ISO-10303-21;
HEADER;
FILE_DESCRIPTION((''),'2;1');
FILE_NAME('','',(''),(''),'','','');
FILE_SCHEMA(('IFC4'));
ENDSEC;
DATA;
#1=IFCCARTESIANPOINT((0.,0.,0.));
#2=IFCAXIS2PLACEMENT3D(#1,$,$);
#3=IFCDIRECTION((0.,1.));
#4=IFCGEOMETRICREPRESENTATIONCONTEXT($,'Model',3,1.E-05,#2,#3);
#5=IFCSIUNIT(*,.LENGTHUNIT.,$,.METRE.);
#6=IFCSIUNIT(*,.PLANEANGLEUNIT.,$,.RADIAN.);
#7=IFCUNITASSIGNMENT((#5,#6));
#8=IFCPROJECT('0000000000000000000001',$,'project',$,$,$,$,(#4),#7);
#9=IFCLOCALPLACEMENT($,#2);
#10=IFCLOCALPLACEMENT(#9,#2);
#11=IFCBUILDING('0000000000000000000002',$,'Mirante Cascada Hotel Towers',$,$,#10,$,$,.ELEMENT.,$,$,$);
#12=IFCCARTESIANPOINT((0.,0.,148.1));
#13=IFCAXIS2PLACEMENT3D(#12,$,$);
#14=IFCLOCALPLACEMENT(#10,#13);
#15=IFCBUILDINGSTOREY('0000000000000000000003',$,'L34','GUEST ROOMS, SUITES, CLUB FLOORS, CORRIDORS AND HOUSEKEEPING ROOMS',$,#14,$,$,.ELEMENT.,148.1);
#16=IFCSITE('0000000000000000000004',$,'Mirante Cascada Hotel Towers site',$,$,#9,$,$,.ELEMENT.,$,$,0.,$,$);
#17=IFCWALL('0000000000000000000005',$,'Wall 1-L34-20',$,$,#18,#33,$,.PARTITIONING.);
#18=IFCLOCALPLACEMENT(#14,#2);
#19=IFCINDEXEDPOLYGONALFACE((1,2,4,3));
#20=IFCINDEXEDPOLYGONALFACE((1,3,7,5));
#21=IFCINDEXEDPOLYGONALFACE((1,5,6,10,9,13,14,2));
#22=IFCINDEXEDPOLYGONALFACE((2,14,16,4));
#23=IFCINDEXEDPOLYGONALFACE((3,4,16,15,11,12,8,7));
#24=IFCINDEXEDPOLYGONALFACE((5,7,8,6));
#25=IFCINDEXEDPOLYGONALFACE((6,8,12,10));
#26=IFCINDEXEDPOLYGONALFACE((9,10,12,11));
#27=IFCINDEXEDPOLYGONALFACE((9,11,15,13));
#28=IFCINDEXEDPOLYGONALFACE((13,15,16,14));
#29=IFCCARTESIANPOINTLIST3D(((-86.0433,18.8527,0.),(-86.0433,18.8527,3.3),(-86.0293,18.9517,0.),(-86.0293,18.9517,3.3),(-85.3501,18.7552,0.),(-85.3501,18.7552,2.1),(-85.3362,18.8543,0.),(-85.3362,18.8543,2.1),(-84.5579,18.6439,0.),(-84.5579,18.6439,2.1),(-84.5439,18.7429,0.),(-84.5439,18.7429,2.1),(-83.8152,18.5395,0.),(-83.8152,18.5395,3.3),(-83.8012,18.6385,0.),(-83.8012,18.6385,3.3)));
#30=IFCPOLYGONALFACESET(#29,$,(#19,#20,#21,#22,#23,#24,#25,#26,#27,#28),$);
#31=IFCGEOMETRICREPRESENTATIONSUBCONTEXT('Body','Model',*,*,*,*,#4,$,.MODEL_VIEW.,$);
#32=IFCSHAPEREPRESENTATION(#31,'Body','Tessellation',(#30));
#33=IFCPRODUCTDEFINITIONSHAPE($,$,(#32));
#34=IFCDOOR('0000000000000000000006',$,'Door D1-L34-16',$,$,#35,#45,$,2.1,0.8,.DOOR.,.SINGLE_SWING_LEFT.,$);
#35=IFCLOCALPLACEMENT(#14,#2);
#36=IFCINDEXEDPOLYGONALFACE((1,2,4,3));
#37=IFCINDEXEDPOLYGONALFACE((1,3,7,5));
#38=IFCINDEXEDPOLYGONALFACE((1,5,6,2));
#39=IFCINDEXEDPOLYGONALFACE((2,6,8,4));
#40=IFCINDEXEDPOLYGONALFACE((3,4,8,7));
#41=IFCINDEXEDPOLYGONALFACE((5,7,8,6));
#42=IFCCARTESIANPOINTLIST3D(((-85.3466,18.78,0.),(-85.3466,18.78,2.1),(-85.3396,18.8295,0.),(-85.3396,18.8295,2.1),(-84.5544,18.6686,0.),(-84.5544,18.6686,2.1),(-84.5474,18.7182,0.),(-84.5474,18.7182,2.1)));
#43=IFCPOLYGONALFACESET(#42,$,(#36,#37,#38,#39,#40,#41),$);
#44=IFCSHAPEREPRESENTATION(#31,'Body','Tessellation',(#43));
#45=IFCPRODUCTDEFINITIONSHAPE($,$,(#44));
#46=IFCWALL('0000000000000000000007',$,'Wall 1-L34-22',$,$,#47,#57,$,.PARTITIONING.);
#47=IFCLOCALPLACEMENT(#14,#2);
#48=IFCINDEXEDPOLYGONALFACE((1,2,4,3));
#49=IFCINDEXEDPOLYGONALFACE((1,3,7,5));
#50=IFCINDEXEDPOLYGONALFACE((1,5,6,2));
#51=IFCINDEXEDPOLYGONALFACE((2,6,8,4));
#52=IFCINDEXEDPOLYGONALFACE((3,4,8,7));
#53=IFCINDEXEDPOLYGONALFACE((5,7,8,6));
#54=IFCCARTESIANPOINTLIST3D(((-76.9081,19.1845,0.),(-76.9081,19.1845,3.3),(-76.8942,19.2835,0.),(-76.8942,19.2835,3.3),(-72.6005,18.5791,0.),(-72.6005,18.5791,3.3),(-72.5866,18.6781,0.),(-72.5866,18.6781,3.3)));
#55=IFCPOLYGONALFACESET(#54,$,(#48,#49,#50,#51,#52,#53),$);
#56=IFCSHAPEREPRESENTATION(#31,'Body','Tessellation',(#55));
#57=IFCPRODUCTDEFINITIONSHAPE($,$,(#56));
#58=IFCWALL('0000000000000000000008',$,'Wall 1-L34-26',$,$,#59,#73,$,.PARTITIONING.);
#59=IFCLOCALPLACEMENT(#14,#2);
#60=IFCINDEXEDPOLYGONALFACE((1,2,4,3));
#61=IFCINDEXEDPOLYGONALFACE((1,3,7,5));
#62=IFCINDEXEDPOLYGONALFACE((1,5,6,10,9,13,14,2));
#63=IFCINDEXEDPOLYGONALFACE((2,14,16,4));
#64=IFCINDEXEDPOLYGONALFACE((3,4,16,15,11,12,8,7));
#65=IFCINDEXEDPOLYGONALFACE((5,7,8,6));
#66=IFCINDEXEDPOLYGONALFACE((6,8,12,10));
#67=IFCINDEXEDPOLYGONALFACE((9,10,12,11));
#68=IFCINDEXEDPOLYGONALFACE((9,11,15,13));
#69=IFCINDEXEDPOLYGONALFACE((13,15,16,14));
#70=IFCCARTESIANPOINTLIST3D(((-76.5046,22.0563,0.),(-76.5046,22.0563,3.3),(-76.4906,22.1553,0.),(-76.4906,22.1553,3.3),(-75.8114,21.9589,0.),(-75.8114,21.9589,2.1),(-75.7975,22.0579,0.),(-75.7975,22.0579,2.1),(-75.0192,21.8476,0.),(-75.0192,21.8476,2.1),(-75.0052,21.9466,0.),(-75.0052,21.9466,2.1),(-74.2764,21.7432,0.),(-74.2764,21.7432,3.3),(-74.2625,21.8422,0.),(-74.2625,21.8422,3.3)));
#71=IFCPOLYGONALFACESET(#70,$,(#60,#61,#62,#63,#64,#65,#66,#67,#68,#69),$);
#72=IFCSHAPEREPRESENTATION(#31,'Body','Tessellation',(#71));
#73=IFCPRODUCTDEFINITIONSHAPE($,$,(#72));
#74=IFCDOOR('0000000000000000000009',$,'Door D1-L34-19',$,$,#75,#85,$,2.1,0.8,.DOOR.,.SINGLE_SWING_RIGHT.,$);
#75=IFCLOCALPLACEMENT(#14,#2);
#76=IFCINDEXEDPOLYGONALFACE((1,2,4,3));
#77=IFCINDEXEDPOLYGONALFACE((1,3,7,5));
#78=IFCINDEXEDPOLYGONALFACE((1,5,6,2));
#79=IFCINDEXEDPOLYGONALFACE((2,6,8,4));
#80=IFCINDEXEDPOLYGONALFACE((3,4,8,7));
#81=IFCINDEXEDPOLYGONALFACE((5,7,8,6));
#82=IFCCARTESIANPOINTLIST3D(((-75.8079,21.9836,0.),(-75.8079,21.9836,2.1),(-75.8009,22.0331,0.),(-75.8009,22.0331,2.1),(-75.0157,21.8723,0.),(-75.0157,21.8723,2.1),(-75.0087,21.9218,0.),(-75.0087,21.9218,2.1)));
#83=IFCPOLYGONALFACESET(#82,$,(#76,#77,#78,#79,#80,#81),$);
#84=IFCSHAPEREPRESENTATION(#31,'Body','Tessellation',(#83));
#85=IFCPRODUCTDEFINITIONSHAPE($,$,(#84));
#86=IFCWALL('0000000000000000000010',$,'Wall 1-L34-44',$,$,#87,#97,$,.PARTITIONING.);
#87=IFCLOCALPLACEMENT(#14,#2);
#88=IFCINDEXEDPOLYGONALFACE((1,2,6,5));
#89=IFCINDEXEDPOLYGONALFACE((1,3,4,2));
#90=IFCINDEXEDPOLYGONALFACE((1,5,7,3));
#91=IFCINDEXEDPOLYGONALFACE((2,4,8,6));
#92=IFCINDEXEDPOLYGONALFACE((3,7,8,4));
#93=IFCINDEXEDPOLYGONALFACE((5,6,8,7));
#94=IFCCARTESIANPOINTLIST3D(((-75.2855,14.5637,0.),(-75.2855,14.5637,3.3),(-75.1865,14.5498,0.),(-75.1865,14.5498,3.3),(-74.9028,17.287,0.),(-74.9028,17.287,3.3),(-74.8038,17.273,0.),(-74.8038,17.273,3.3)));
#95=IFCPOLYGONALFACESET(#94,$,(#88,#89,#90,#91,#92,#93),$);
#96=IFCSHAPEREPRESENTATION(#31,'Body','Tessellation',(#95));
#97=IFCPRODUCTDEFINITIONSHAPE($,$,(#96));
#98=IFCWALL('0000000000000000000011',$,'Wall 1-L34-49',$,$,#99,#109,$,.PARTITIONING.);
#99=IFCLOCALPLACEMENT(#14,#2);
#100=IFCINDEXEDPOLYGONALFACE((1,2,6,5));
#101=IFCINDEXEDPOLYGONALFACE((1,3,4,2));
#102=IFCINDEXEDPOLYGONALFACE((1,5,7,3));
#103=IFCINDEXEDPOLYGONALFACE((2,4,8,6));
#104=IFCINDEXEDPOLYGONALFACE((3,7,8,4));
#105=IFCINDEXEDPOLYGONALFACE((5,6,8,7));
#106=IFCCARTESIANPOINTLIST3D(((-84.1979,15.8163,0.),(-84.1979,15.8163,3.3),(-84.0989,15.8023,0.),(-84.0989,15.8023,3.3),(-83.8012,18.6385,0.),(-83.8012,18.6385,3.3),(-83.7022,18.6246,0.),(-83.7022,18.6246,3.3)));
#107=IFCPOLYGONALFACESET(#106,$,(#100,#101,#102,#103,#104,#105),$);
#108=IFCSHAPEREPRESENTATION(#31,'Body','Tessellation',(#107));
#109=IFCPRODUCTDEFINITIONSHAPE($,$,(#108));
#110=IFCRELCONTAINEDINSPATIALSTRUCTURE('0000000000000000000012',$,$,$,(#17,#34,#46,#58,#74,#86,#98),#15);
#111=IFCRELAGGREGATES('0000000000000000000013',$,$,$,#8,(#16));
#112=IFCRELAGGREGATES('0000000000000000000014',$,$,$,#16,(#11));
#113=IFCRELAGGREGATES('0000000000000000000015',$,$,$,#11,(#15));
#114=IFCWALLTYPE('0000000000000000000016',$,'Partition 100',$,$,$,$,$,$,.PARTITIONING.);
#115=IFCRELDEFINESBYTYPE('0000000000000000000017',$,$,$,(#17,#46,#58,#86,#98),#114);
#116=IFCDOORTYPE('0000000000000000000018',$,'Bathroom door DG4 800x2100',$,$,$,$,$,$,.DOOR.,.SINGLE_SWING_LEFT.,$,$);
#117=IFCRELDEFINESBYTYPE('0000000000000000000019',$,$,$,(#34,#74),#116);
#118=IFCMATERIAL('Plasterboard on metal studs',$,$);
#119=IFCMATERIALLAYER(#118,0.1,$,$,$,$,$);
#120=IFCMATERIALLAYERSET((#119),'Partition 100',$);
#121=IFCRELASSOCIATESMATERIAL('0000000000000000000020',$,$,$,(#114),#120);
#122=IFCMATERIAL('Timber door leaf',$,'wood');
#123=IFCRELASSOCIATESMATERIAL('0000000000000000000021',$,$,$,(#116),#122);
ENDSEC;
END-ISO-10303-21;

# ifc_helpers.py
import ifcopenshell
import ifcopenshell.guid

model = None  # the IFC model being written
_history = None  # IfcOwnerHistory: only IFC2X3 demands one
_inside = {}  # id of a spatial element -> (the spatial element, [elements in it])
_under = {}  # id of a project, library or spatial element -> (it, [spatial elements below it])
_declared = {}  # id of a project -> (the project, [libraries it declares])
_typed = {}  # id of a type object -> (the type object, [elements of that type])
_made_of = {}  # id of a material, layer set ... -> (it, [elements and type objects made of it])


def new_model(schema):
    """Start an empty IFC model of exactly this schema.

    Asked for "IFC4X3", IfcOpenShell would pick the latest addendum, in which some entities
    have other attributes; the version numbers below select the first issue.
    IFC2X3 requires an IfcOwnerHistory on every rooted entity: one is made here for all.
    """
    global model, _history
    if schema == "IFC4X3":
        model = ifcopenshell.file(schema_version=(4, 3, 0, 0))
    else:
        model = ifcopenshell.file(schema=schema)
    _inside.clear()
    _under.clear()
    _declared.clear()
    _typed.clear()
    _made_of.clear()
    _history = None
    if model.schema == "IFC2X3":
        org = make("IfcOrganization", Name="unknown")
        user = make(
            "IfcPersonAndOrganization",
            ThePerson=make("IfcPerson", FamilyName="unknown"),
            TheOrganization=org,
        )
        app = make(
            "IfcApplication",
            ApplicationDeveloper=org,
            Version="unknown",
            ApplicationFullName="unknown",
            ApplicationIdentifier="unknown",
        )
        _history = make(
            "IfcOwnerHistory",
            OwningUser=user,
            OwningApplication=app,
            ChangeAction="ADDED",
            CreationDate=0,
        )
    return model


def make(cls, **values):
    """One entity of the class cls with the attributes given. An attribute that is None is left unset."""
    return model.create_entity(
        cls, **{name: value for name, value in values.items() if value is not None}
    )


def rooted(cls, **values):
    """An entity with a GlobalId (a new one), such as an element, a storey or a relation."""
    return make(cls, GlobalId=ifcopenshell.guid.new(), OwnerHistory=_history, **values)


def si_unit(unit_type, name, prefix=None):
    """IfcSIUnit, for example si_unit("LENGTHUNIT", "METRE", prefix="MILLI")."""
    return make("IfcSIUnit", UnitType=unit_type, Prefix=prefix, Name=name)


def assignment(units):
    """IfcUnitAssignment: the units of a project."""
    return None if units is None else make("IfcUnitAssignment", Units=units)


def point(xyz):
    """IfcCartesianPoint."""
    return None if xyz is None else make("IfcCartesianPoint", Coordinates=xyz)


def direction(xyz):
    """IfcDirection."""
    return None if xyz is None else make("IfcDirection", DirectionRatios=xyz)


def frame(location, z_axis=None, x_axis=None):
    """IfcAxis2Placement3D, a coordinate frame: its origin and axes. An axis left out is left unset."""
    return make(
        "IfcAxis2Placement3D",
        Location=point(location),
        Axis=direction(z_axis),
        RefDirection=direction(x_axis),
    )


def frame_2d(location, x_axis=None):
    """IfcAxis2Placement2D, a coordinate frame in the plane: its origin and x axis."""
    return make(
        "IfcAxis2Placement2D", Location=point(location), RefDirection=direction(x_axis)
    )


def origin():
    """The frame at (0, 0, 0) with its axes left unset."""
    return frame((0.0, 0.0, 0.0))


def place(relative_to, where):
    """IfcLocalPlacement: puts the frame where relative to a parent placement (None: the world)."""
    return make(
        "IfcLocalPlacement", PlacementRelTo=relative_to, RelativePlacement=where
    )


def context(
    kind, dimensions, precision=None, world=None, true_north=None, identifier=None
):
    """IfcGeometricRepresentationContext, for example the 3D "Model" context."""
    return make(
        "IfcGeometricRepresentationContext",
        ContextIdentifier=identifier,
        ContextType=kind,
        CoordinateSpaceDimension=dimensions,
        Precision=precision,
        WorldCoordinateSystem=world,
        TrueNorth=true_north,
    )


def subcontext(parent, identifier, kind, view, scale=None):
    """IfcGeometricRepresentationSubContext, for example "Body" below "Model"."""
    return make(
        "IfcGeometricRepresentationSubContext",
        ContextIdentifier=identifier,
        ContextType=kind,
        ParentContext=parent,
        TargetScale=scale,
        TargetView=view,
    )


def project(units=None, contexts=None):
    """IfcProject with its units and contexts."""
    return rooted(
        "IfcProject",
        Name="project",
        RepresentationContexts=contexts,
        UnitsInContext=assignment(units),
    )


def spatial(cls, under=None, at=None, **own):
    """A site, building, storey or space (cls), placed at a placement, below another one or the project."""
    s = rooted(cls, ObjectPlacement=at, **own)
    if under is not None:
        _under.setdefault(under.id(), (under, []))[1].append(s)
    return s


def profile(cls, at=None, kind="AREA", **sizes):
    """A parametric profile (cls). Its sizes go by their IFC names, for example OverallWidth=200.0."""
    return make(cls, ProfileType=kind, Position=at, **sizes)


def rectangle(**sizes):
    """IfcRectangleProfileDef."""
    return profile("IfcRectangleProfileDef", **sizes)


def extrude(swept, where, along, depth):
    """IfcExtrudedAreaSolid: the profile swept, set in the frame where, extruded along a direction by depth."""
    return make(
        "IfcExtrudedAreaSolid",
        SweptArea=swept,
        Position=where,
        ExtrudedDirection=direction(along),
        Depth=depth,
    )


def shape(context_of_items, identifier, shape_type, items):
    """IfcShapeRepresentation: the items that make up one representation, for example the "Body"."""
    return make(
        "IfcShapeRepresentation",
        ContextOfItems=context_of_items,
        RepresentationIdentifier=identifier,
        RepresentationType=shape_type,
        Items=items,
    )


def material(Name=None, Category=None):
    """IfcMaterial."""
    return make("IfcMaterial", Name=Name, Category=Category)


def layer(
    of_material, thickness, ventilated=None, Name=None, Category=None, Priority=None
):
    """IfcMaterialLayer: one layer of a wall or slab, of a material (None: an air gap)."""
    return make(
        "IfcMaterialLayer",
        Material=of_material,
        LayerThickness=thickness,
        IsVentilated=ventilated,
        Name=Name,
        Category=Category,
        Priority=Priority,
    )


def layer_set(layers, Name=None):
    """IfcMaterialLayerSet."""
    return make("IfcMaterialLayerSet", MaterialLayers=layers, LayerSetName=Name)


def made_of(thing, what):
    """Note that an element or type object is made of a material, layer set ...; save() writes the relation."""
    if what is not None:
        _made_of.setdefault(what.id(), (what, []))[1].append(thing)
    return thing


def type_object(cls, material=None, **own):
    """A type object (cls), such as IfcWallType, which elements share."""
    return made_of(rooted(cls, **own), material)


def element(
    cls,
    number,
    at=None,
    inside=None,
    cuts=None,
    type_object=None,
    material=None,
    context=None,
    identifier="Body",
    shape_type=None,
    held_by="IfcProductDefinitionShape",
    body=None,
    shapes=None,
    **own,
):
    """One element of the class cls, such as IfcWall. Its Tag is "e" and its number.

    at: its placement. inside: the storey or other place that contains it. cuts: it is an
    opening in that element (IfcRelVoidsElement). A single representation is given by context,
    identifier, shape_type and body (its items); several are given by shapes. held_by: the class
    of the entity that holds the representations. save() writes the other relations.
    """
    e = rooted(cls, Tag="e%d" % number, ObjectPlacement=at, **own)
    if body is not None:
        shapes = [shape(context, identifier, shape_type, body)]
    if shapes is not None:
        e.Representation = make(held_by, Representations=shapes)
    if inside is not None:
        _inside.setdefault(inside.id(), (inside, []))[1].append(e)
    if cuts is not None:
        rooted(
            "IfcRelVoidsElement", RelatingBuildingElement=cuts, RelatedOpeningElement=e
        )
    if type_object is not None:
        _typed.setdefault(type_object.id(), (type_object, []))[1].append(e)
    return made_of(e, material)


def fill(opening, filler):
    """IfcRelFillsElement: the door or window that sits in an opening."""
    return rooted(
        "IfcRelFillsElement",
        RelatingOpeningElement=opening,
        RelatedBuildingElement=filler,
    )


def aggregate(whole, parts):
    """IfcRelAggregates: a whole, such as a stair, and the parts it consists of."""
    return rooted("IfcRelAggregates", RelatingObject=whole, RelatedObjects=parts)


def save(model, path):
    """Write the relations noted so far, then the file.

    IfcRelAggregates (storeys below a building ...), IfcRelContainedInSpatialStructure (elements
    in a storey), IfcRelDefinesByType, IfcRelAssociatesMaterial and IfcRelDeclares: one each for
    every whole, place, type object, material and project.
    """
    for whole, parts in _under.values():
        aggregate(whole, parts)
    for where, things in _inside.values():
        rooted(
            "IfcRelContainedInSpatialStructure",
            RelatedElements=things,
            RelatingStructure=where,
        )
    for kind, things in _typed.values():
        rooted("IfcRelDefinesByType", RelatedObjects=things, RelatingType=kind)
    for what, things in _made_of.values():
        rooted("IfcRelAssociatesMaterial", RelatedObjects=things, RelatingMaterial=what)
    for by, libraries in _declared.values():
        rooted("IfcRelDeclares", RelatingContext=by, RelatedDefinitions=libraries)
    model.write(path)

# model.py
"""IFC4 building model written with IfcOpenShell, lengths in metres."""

from ifc_helpers import new_model, si_unit, direction, frame, frame_2d, origin, place, context, subcontext, project, spatial, rectangle, extrude, material, layer, layer_set, type_object, element, fill, save


model = new_model("IFC4")

# Units and contexts
model_context = context("Model", 3, precision=1e-05, world=origin(), true_north=direction((0.0, 1.0)))
body_context = subcontext(model_context, "Body", "Model", "MODEL_VIEW")
ifc_project = project(units=[si_unit("LENGTHUNIT", "METRE"), si_unit("PLANEANGLEUNIT", "RADIAN")], contexts=[model_context])

# Site, building, storey
site_placement = place(None, origin())
site = spatial("IfcSite", under=ifc_project, at=site_placement, Name="Mirante Cascada Hotel Towers site", CompositionType="ELEMENT", RefElevation=0.0)
building_placement = place(site_placement, origin())
building = spatial("IfcBuilding", under=site, at=building_placement, Name="Mirante Cascada Hotel Towers", CompositionType="ELEMENT")
storey_placement = place(building_placement, frame((0.0, 0.0, 148.1)))
storey = spatial("IfcBuildingStorey", under=building, at=storey_placement, Name="L34", Description="GUEST ROOMS, SUITES, CLUB FLOORS, CORRIDORS AND HOUSEKEEPING ROOMS", CompositionType="ELEMENT", Elevation=148.1)

# Wall, opening, door
ifc_material_1 = material(Name="Plasterboard on metal studs")
ifc_layer_1 = layer(ifc_material_1, 0.1)
ifc_layer_set_1 = layer_set([ifc_layer_1], Name="Partition 100")
wall_type_1 = type_object("IfcWallType", Name="Partition 100", PredefinedType="PARTITIONING", material=ifc_layer_set_1)
wall_1_placement = place(storey_placement, frame((-86.0363, 18.9022, 0.0), z_axis=(0.0, 0.0, 1.0), x_axis=(0.990264, -0.1392, 0.0)))
wall_1 = element("IfcWall", 1, at=wall_1_placement, inside=storey, type_object=wall_type_1, Name="Wall 1-L34-20", PredefinedType="PARTITIONING", context=body_context, shape_type="SweptSolid", body=[
    extrude(rectangle(XDim=2.25, YDim=0.1, at=frame_2d((1.125, 0.0))), origin(), (0.0, 0.0, 1.0), 3.3),
])
opening_1_placement = place(wall_1_placement, frame((0.7, 0.0, 0.0)))
opening_1 = element("IfcOpeningElement", 2, at=opening_1_placement, cuts=wall_1, PredefinedType="OPENING", context=body_context, shape_type="SweptSolid", body=[
    extrude(rectangle(XDim=0.8, YDim=2.1, at=frame_2d((0.4, 1.05))), frame((0.0, 0.05, 0.0), z_axis=(0.0, -1.0, 0.0), x_axis=(1.0, 0.0, 0.0)), (0.0, 0.0, 1.0), 0.1),
])
ifc_material_2 = material(Name="Timber door leaf", Category="wood")
door_type_1 = type_object("IfcDoorType", Name="Bathroom door DG4 800x2100", OperationType="SINGLE_SWING_LEFT", PredefinedType="DOOR", material=ifc_material_2)
door_1_placement = place(opening_1_placement, origin())
door_1 = element("IfcDoor", 3, at=door_1_placement, inside=storey, type_object=door_type_1, Name="Door D1-L34-16", OperationType="SINGLE_SWING_LEFT", OverallHeight=2.1, OverallWidth=0.8, PredefinedType="DOOR", context=body_context, shape_type="SweptSolid", body=[
    extrude(rectangle(XDim=0.8, YDim=2.1, at=frame_2d((0.4, 1.05))), frame((0.0, 0.025, 0.0), z_axis=(0.0, -1.0, 0.0), x_axis=(1.0, 0.0, 0.0)), (0.0, 0.0, 1.0), 0.05),
])
fill(opening_1, door_1)

# Wall
wall_2_placement = place(storey_placement, frame((-76.9012, 19.234, 0.0), z_axis=(0.0, 0.0, 1.0), x_axis=(0.990268, -0.139175, 0.0)))
element("IfcWall", 4, at=wall_2_placement, inside=storey, type_object=wall_type_1, Name="Wall 1-L34-22", PredefinedType="PARTITIONING", context=body_context, shape_type="SweptSolid", body=[
    extrude(rectangle(XDim=4.3499, YDim=0.1, at=frame_2d((2.175, 0.0))), origin(), (0.0, 0.0, 1.0), 3.3),
])

# Wall, opening, door
wall_3_placement = place(storey_placement, frame((-76.4976, 22.1058, 0.0), z_axis=(0.0, 0.0, 1.0), x_axis=(0.990271, -0.139156, 0.0)))
wall_3 = element("IfcWall", 5, at=wall_3_placement, inside=storey, type_object=wall_type_1, Name="Wall 1-L34-26", PredefinedType="PARTITIONING", context=body_context, shape_type="SweptSolid", body=[
    extrude(rectangle(XDim=2.25, YDim=0.1, at=frame_2d((1.125, 0.0))), origin(), (0.0, 0.0, 1.0), 3.3),
])
opening_2_placement = place(wall_3_placement, frame((0.7, 0.0, 0.0)))
opening_2 = element("IfcOpeningElement", 6, at=opening_2_placement, cuts=wall_3, PredefinedType="OPENING", context=body_context, shape_type="SweptSolid", body=[
    extrude(rectangle(XDim=0.8, YDim=2.1, at=frame_2d((0.4, 1.05))), frame((0.0, 0.05, 0.0), z_axis=(0.0, -1.0, 0.0), x_axis=(1.0, 0.0, 0.0)), (0.0, 0.0, 1.0), 0.1),
])
door_2_placement = place(opening_2_placement, frame((0.8, 0.0, 0.0), z_axis=(0.0, 0.0, 1.0), x_axis=(-1.0, 0.0, 0.0)))
door_2 = element("IfcDoor", 7, at=door_2_placement, inside=storey, type_object=door_type_1, Name="Door D1-L34-19", OperationType="SINGLE_SWING_RIGHT", OverallHeight=2.1, OverallWidth=0.8, PredefinedType="DOOR", context=body_context, shape_type="SweptSolid", body=[
    extrude(rectangle(XDim=0.8, YDim=2.1, at=frame_2d((0.4, 1.05))), frame((0.0, 0.025, 0.0), z_axis=(0.0, -1.0, 0.0), x_axis=(1.0, 0.0, 0.0)), (0.0, 0.0, 1.0), 0.05),
])
fill(opening_2, door_2)

# Walls
wall_4_placement = place(storey_placement, frame((-74.8533, 17.28, 0.0), z_axis=(0.0, 0.0, 1.0), x_axis=(-0.139166, -0.990269, 0.0)))
element("IfcWall", 8, at=wall_4_placement, inside=storey, type_object=wall_type_1, Name="Wall 1-L34-44", PredefinedType="PARTITIONING", context=body_context, shape_type="SweptSolid", body=[
    extrude(rectangle(XDim=2.75, YDim=0.1, at=frame_2d((1.375, 0.0))), origin(), (0.0, 0.0, 1.0), 3.3),
])
wall_5_placement = place(storey_placement, frame((-84.1484, 15.8093, 0.0), z_axis=(0.0, 0.0, 1.0), x_axis=(0.139191, 0.990266, 0.0)))
element("IfcWall", 9, at=wall_5_placement, inside=storey, type_object=wall_type_1, Name="Wall 1-L34-49", PredefinedType="PARTITIONING", context=body_context, shape_type="SweptSolid", body=[
    extrude(rectangle(XDim=2.85, YDim=0.1, at=frame_2d((1.425, 0.0))), origin(), (0.0, 0.0, 1.0), 3.3),
])

save(model, "model.ifc")
